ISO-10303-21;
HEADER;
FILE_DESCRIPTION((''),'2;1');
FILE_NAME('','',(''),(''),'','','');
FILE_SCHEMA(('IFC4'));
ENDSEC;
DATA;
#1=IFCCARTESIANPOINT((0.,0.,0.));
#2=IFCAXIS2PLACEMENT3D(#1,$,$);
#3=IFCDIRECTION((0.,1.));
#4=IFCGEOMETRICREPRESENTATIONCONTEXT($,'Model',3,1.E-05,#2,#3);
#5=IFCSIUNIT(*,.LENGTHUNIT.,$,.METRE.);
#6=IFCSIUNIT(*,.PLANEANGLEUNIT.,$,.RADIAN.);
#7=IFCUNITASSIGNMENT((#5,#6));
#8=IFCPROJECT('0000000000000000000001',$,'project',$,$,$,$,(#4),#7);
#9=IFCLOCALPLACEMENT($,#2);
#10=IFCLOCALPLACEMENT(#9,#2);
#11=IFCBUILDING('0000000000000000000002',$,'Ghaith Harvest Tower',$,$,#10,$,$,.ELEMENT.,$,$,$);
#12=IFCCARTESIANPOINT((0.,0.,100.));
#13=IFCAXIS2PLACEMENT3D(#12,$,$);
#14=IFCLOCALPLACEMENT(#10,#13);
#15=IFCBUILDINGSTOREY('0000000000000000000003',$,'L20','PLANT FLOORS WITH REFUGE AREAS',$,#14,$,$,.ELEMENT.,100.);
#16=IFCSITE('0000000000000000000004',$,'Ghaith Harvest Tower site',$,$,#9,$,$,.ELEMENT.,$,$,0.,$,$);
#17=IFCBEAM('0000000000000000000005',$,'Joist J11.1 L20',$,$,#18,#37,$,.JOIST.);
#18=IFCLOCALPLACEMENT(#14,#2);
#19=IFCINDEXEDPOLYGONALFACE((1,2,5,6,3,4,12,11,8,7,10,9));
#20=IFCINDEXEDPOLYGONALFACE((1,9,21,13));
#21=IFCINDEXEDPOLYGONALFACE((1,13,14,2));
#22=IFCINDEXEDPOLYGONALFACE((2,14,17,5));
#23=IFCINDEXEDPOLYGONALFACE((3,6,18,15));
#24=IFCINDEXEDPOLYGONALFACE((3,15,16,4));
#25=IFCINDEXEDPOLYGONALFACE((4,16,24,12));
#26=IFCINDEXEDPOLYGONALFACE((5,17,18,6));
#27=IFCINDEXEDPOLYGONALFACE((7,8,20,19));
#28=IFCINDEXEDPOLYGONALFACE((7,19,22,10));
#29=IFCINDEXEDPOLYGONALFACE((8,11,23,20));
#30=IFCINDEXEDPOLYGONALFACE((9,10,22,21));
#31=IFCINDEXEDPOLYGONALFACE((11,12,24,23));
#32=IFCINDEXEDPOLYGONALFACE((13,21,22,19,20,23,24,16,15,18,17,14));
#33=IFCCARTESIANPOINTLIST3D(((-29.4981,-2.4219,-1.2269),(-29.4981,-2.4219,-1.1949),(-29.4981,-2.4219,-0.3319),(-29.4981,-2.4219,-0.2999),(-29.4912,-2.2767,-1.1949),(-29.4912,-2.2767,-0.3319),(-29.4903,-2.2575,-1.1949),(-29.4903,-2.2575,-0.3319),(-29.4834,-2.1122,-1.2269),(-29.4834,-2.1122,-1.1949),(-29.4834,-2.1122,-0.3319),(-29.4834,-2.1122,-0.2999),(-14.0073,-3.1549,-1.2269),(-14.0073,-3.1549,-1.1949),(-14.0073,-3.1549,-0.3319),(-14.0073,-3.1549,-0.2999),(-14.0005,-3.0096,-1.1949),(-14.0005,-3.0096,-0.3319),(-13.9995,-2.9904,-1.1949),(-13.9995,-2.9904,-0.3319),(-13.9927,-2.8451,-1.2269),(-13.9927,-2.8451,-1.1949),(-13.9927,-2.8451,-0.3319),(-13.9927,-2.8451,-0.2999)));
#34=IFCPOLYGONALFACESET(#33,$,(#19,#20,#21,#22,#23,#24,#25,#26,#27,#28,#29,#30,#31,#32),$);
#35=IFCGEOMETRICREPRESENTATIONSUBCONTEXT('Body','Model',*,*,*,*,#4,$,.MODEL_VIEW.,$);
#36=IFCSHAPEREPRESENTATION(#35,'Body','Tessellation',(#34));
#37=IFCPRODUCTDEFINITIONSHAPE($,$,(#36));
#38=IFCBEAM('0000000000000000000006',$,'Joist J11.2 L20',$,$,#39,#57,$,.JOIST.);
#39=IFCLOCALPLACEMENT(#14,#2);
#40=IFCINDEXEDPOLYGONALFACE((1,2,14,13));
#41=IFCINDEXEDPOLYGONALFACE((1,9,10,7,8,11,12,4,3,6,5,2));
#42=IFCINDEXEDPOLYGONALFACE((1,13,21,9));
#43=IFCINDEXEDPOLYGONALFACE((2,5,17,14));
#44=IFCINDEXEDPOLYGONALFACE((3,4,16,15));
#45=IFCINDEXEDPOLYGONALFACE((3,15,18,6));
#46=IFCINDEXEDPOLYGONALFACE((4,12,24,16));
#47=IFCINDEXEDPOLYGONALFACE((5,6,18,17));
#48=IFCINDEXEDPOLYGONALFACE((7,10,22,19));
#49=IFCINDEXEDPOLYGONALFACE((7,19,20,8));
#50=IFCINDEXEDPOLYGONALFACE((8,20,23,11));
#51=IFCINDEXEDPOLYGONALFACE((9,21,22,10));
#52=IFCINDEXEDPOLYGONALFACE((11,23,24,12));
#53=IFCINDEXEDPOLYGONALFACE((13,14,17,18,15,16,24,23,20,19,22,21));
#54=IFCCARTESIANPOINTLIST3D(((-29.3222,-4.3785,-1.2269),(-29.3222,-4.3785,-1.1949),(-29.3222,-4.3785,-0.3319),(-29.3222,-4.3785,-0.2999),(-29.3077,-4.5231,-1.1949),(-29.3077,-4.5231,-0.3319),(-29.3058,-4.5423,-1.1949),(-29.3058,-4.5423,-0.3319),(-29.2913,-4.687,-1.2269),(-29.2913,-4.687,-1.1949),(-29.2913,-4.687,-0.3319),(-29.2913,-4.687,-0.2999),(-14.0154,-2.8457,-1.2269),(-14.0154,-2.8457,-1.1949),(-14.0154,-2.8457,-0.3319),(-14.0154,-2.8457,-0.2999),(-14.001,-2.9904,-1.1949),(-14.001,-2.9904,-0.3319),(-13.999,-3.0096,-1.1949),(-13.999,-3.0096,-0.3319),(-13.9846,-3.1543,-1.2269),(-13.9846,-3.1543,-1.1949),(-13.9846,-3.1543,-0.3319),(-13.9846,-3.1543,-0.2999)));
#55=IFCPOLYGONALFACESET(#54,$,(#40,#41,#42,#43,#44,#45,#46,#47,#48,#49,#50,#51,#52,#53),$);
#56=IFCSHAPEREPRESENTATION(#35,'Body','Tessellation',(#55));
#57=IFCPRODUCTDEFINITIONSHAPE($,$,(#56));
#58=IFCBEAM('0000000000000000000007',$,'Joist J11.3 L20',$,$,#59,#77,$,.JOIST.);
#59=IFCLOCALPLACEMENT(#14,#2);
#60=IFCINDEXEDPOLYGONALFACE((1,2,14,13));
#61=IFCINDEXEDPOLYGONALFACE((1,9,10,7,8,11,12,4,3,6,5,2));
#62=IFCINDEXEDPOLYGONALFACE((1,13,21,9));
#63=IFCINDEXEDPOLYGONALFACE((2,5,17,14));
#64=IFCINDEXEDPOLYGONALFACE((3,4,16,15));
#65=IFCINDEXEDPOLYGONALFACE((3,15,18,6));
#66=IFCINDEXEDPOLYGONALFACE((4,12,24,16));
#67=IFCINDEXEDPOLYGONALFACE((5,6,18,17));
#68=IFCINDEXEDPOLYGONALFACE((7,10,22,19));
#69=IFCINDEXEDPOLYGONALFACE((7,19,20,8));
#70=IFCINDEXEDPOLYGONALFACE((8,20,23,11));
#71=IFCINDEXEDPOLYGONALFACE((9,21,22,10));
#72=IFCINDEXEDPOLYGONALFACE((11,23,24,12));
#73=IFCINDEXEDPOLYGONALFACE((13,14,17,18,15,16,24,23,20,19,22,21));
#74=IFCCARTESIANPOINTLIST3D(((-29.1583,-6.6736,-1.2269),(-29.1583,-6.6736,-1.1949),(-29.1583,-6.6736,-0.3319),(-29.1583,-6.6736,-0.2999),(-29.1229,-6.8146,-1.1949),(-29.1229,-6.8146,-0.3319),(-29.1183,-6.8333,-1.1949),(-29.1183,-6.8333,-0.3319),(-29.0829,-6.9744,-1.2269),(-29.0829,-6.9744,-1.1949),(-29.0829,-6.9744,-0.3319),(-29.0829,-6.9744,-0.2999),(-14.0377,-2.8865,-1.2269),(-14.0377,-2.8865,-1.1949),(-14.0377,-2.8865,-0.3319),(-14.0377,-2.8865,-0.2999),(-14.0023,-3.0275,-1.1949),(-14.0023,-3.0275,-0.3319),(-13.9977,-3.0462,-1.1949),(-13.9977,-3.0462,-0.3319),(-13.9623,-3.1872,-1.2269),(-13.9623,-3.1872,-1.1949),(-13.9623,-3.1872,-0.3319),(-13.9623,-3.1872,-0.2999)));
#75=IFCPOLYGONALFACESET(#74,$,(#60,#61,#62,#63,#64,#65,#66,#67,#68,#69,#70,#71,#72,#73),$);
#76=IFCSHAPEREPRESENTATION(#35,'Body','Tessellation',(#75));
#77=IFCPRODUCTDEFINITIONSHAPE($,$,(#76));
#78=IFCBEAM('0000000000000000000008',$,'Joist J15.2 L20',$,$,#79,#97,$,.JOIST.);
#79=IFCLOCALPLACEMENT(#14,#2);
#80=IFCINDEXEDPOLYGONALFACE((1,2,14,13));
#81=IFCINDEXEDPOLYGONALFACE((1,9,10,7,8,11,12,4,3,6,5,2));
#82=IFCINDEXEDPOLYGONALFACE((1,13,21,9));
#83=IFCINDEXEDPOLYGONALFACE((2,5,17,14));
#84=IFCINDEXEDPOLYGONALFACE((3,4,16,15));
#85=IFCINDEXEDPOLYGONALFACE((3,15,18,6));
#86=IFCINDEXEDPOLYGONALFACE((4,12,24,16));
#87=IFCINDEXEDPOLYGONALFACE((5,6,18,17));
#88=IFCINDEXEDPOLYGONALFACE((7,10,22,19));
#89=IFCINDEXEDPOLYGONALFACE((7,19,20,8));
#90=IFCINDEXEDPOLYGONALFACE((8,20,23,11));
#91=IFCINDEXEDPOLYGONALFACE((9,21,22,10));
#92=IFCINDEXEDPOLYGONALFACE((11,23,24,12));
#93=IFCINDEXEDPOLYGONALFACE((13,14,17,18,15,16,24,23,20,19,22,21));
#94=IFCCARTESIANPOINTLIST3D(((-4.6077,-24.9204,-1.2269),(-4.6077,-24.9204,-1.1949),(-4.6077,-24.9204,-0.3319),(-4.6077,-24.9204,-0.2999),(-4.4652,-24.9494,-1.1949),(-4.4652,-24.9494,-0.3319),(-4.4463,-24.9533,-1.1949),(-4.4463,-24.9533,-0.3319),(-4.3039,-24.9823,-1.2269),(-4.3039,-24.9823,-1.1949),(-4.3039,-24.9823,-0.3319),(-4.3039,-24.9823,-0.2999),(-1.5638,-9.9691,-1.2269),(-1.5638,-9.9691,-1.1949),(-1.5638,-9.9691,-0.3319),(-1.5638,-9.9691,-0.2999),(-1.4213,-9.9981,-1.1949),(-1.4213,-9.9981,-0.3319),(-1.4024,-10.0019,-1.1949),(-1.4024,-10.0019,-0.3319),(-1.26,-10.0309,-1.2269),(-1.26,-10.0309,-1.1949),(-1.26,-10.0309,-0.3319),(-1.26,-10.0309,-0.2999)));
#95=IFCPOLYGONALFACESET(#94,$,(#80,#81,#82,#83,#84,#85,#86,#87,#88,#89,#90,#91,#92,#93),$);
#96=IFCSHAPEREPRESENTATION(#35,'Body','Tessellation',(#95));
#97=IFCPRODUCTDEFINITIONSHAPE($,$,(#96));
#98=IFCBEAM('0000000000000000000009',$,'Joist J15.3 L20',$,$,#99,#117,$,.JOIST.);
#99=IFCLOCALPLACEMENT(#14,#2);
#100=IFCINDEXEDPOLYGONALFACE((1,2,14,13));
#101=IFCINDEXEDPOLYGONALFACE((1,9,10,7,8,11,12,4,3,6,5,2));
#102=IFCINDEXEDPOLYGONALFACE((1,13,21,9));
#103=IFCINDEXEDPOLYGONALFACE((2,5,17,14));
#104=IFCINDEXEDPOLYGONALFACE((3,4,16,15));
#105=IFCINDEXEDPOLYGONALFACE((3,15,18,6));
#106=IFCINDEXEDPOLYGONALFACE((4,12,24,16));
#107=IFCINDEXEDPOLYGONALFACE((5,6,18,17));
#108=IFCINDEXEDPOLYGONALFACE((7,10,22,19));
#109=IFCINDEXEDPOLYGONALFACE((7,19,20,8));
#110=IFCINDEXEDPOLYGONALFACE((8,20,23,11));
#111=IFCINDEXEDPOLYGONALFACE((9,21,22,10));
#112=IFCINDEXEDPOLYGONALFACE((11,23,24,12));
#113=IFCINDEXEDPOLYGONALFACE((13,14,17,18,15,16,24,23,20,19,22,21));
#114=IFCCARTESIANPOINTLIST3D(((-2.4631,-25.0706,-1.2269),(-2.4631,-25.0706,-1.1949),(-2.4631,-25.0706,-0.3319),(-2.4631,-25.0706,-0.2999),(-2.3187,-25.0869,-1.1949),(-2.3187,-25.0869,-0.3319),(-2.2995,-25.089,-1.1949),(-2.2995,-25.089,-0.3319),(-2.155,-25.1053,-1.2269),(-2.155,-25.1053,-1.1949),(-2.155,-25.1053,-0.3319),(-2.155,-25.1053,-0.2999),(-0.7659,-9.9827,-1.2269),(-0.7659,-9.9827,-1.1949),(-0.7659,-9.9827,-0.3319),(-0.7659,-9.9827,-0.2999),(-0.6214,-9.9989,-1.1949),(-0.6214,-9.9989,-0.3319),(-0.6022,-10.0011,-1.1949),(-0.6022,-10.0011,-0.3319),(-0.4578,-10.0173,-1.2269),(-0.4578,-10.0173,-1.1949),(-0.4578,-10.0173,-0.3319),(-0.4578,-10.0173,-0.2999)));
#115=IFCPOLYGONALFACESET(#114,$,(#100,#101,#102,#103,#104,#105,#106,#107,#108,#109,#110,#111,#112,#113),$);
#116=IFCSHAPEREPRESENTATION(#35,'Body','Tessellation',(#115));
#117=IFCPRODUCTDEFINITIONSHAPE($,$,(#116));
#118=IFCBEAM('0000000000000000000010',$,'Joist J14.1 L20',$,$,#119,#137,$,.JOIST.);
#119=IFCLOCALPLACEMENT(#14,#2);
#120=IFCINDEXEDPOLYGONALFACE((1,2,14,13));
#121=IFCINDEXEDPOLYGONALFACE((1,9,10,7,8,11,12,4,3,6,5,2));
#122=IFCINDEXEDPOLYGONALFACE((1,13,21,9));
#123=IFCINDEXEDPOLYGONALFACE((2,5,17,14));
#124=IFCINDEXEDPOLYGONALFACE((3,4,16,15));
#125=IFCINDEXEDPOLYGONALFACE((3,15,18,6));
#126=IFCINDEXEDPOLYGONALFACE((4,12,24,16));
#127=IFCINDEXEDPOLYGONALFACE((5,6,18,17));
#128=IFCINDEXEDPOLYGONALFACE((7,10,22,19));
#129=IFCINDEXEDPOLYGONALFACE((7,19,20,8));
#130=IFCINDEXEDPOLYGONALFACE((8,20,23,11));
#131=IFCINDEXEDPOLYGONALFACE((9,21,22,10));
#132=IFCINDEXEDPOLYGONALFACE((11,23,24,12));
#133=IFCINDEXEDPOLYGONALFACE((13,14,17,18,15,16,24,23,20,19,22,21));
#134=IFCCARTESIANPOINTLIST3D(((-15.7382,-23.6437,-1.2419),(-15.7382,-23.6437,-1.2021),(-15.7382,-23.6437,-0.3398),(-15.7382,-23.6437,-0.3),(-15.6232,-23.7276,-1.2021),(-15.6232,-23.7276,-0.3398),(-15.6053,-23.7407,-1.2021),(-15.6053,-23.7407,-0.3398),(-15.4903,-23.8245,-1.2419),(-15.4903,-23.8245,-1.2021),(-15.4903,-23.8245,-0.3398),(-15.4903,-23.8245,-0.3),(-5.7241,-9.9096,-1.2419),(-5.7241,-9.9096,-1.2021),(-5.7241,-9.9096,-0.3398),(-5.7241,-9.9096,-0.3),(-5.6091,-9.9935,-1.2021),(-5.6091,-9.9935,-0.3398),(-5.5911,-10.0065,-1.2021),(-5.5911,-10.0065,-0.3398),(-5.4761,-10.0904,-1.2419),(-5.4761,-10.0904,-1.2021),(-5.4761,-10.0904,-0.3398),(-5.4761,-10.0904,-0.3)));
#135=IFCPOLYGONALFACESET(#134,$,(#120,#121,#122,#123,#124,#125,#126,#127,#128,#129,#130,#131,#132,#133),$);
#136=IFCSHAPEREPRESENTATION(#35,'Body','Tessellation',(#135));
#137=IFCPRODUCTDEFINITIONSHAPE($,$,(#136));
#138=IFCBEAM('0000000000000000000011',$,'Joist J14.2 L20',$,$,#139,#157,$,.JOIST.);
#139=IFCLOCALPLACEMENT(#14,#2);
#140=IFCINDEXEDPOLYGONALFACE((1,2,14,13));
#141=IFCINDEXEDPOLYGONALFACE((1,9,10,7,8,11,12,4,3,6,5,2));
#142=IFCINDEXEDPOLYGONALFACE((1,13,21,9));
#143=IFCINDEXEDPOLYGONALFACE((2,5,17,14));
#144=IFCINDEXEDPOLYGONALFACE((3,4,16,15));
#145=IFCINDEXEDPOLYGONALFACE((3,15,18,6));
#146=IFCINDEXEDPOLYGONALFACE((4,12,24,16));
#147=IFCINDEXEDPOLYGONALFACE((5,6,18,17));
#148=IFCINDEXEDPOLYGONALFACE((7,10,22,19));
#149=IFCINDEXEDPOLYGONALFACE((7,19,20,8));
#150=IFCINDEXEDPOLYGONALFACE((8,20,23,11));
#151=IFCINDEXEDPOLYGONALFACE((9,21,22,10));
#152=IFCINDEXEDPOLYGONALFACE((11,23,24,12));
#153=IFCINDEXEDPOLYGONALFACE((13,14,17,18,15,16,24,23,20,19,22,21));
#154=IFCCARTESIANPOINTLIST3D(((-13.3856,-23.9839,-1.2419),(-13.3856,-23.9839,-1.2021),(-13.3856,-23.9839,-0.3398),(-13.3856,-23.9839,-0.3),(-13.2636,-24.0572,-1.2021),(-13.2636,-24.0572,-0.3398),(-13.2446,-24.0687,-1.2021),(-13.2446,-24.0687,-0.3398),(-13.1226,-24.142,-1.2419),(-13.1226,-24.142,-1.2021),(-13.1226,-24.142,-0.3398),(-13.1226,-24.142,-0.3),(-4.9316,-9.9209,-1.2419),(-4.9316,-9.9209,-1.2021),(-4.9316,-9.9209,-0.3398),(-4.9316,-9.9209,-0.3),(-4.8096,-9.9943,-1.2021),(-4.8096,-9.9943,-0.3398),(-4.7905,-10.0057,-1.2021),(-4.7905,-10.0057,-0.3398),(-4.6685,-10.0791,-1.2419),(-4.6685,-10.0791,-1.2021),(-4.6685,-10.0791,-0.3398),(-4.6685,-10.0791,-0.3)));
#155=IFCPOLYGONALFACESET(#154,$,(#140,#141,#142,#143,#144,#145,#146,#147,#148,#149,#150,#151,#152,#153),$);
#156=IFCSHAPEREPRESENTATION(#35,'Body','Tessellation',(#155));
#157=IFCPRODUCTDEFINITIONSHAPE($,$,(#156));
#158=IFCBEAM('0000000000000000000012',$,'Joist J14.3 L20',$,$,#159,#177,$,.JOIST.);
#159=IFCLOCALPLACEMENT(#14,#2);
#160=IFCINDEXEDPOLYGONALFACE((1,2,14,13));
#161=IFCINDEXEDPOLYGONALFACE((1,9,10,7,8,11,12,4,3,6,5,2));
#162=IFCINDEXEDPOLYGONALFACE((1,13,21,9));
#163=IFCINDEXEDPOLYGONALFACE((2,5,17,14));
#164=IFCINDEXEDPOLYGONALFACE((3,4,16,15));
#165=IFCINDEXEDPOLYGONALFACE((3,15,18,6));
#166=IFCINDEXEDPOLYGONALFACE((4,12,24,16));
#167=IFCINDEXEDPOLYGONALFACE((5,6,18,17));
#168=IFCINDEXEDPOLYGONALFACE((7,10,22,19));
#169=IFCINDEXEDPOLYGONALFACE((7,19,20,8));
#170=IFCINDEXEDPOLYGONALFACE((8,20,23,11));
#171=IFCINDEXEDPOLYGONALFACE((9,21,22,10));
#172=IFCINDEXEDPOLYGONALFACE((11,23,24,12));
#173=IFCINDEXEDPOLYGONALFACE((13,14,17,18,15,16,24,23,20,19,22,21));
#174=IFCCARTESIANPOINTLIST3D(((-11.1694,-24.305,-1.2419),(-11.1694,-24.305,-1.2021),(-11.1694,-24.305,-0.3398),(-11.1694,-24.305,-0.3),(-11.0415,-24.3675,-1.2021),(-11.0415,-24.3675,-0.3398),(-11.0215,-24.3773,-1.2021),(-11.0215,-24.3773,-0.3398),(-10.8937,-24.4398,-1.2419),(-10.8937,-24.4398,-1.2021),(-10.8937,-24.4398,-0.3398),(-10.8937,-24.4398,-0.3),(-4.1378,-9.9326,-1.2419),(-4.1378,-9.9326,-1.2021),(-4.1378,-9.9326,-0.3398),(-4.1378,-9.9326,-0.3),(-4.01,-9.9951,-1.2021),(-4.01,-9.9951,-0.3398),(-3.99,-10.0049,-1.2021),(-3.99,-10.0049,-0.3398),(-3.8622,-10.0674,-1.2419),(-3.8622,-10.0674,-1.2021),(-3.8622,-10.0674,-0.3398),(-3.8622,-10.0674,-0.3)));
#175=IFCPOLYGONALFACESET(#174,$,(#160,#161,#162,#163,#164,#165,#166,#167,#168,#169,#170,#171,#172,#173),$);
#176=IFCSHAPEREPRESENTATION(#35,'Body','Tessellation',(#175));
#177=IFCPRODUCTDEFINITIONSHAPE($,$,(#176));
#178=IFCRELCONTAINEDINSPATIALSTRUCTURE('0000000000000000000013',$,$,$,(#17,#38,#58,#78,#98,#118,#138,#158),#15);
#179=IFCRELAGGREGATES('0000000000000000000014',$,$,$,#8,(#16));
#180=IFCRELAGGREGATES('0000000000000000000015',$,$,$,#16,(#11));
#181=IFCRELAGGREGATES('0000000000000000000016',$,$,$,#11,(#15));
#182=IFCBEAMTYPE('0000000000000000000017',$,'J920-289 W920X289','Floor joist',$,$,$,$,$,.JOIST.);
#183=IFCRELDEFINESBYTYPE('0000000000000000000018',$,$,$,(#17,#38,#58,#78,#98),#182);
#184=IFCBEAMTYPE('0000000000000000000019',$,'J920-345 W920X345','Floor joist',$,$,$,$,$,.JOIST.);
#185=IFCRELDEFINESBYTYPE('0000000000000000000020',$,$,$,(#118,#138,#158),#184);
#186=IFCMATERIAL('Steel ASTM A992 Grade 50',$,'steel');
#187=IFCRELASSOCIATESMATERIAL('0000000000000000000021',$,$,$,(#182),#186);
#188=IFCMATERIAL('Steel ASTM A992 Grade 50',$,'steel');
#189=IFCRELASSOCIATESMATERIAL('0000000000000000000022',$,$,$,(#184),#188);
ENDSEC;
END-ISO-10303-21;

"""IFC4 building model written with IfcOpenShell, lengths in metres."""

from ifc_helpers import new_model, si_unit, direction, frame, origin, origin_2d, place, context, subcontext, project, spatial, i_section, extrude, material, material_profile, profile_set, type_object, element, save


model = new_model("IFC4")

# Units and contexts
model_context = context("Model", 3, precision=1e-05, world=origin(), true_north=direction((0.0, 1.0)))
body_context = subcontext(model_context, "Body", "Model", "MODEL_VIEW")
ifc_project = project(units=[si_unit("LENGTHUNIT", "METRE"), si_unit("PLANEANGLEUNIT", "RADIAN")], contexts=[model_context])

# Site, building, storey
site_placement = place(None, origin())
site = spatial("IfcSite", under=ifc_project, at=site_placement, Name="Ghaith Harvest Tower site", CompositionType="ELEMENT", RefElevation=0.0)
building_placement = place(site_placement, origin())
building = spatial("IfcBuilding", under=site, at=building_placement, Name="Ghaith Harvest Tower", CompositionType="ELEMENT")
storey_placement = place(building_placement, frame((0.0, 0.0, 100.0)))
storey = spatial("IfcBuildingStorey", under=building, at=storey_placement, Name="L20", Description="PLANT FLOORS WITH REFUGE AREAS", CompositionType="ELEMENT", Elevation=100.0)

# Beams
ifc_material_1 = material(Name="Steel ASTM A992 Grade 50", Category="steel")
ifc_material_profile_1 = material_profile(ifc_material_1, i_section(OverallWidth=0.3101, OverallDepth=0.927, WebThickness=0.0193, FlangeThickness=0.032, at=origin_2d()), Name="W920X289")
ifc_profile_set_1 = profile_set([ifc_material_profile_1], Name="Steel ASTM A992 Grade 50")
beam_type_1 = type_object("IfcBeamType", Name="J920-289 W920X289", Description="Floor joist", PredefinedType="JOIST", material=ifc_profile_set_1)
beam_1_placement = place(storey_placement, frame((-14.0, -3.0, -0.7634), z_axis=(-0.998883, 0.04726, 0.0), x_axis=(-0.04726, -0.998883, 0.0)))
element("IfcBeam", 1, at=beam_1_placement, inside=storey, type_object=beam_type_1, Name="Joist J11.1 L20", PredefinedType="JOIST", context=body_context, shape_type="SweptSolid", body=[
    extrude(i_section(OverallWidth=0.3101, OverallDepth=0.927, WebThickness=0.0193, FlangeThickness=0.032, at=origin_2d()), origin(), (0.0, 0.0, 1.0), 15.5081),
])
beam_2_placement = place(storey_placement, frame((-14.0, -3.0, -0.7634), z_axis=(-0.995024, -0.099636, 0.0), x_axis=(0.099636, -0.995024, 0.0)))
element("IfcBeam", 2, at=beam_2_placement, inside=storey, type_object=beam_type_1, Name="Joist J11.2 L20", PredefinedType="JOIST", context=body_context, shape_type="SweptSolid", body=[
    extrude(i_section(OverallWidth=0.3101, OverallDepth=0.927, WebThickness=0.0193, FlangeThickness=0.032, at=origin_2d()), origin(), (0.0, 0.0, 1.0), 15.3833),
])
beam_3_placement = place(storey_placement, frame((-14.0, -3.0369, -0.7634), z_axis=(-0.970037, -0.242956, 0.0), x_axis=(0.242956, -0.970037, 0.0)))
element("IfcBeam", 3, at=beam_3_placement, inside=storey, type_object=beam_type_1, Name="Joist J11.3 L20", PredefinedType="JOIST", context=body_context, shape_type="SweptSolid", body=[
    extrude(i_section(OverallWidth=0.3101, OverallDepth=0.927, WebThickness=0.0193, FlangeThickness=0.032, at=origin_2d()), origin(), (0.0, 0.0, 1.0), 15.5876),
])
beam_4_placement = place(storey_placement, frame((-1.4119, -10.0, -0.7634), z_axis=(-0.199497, -0.979899, 0.0), x_axis=(0.979899, -0.199497, 0.0)))
element("IfcBeam", 4, at=beam_4_placement, inside=storey, type_object=beam_type_1, Name="Joist J15.2 L20", PredefinedType="JOIST", context=body_context, shape_type="SweptSolid", body=[
    extrude(i_section(OverallWidth=0.3101, OverallDepth=0.927, WebThickness=0.0193, FlangeThickness=0.032, at=origin_2d()), origin(), (0.0, 0.0, 1.0), 15.2581),
])
beam_5_placement = place(storey_placement, frame((-0.6118, -10.0, -0.7634), z_axis=(-0.111787, -0.993732, 0.0), x_axis=(0.993732, -0.111787, 0.0)))
element("IfcBeam", 5, at=beam_5_placement, inside=storey, type_object=beam_type_1, Name="Joist J15.3 L20", PredefinedType="JOIST", context=body_context, shape_type="SweptSolid", body=[
    extrude(i_section(OverallWidth=0.3101, OverallDepth=0.927, WebThickness=0.0193, FlangeThickness=0.032, at=origin_2d()), origin(), (0.0, 0.0, 1.0), 15.1831),
])
ifc_material_2 = material(Name="Steel ASTM A992 Grade 50", Category="steel")
ifc_material_profile_2 = material_profile(ifc_material_2, i_section(OverallWidth=0.3069, OverallDepth=0.9419, WebThickness=0.0222, FlangeThickness=0.0398, at=origin_2d()), Name="W920X345")
ifc_profile_set_2 = profile_set([ifc_material_profile_2], Name="Steel ASTM A992 Grade 50")
beam_type_2 = type_object("IfcBeamType", Name="J920-345 W920X345", Description="Floor joist", PredefinedType="JOIST", material=ifc_profile_set_2)
beam_6_placement = place(storey_placement, frame((-5.6001, -10.0, -0.771), z_axis=(-0.58916, -0.808016, 0.0), x_axis=(0.808016, -0.58916, 0.0)))
element("IfcBeam", 6, at=beam_6_placement, inside=storey, type_object=beam_type_2, Name="Joist J14.1 L20", PredefinedType="JOIST", context=body_context, shape_type="SweptSolid", body=[
    extrude(i_section(OverallWidth=0.3069, OverallDepth=0.9419, WebThickness=0.0222, FlangeThickness=0.0398, at=origin_2d()), origin(), (0.0, 0.0, 1.0), 16.9973),
])
beam_7_placement = place(storey_placement, frame((-4.8, -10.0, -0.771), z_axis=(-0.515226, -0.857054, 0.0), x_axis=(0.857054, -0.515226, 0.0)))
element("IfcBeam", 7, at=beam_7_placement, inside=storey, type_object=beam_type_2, Name="Joist J14.2 L20", PredefinedType="JOIST", context=body_context, shape_type="SweptSolid", body=[
    extrude(i_section(OverallWidth=0.3069, OverallDepth=0.9419, WebThickness=0.0222, FlangeThickness=0.0398, at=origin_2d()), origin(), (0.0, 0.0, 1.0), 16.4084),
])
beam_8_placement = place(storey_placement, frame((-4.0, -10.0, -0.771), z_axis=(-0.439464, -0.89826, 0.0), x_axis=(0.89826, -0.439464, 0.0)))
element("IfcBeam", 8, at=beam_8_placement, inside=storey, type_object=beam_type_2, Name="Joist J14.3 L20", PredefinedType="JOIST", context=body_context, shape_type="SweptSolid", body=[
    extrude(i_section(OverallWidth=0.3069, OverallDepth=0.9419, WebThickness=0.0222, FlangeThickness=0.0398, at=origin_2d()), origin(), (0.0, 0.0, 1.0), 16.0002),
])

save(model, "model.ifc")
